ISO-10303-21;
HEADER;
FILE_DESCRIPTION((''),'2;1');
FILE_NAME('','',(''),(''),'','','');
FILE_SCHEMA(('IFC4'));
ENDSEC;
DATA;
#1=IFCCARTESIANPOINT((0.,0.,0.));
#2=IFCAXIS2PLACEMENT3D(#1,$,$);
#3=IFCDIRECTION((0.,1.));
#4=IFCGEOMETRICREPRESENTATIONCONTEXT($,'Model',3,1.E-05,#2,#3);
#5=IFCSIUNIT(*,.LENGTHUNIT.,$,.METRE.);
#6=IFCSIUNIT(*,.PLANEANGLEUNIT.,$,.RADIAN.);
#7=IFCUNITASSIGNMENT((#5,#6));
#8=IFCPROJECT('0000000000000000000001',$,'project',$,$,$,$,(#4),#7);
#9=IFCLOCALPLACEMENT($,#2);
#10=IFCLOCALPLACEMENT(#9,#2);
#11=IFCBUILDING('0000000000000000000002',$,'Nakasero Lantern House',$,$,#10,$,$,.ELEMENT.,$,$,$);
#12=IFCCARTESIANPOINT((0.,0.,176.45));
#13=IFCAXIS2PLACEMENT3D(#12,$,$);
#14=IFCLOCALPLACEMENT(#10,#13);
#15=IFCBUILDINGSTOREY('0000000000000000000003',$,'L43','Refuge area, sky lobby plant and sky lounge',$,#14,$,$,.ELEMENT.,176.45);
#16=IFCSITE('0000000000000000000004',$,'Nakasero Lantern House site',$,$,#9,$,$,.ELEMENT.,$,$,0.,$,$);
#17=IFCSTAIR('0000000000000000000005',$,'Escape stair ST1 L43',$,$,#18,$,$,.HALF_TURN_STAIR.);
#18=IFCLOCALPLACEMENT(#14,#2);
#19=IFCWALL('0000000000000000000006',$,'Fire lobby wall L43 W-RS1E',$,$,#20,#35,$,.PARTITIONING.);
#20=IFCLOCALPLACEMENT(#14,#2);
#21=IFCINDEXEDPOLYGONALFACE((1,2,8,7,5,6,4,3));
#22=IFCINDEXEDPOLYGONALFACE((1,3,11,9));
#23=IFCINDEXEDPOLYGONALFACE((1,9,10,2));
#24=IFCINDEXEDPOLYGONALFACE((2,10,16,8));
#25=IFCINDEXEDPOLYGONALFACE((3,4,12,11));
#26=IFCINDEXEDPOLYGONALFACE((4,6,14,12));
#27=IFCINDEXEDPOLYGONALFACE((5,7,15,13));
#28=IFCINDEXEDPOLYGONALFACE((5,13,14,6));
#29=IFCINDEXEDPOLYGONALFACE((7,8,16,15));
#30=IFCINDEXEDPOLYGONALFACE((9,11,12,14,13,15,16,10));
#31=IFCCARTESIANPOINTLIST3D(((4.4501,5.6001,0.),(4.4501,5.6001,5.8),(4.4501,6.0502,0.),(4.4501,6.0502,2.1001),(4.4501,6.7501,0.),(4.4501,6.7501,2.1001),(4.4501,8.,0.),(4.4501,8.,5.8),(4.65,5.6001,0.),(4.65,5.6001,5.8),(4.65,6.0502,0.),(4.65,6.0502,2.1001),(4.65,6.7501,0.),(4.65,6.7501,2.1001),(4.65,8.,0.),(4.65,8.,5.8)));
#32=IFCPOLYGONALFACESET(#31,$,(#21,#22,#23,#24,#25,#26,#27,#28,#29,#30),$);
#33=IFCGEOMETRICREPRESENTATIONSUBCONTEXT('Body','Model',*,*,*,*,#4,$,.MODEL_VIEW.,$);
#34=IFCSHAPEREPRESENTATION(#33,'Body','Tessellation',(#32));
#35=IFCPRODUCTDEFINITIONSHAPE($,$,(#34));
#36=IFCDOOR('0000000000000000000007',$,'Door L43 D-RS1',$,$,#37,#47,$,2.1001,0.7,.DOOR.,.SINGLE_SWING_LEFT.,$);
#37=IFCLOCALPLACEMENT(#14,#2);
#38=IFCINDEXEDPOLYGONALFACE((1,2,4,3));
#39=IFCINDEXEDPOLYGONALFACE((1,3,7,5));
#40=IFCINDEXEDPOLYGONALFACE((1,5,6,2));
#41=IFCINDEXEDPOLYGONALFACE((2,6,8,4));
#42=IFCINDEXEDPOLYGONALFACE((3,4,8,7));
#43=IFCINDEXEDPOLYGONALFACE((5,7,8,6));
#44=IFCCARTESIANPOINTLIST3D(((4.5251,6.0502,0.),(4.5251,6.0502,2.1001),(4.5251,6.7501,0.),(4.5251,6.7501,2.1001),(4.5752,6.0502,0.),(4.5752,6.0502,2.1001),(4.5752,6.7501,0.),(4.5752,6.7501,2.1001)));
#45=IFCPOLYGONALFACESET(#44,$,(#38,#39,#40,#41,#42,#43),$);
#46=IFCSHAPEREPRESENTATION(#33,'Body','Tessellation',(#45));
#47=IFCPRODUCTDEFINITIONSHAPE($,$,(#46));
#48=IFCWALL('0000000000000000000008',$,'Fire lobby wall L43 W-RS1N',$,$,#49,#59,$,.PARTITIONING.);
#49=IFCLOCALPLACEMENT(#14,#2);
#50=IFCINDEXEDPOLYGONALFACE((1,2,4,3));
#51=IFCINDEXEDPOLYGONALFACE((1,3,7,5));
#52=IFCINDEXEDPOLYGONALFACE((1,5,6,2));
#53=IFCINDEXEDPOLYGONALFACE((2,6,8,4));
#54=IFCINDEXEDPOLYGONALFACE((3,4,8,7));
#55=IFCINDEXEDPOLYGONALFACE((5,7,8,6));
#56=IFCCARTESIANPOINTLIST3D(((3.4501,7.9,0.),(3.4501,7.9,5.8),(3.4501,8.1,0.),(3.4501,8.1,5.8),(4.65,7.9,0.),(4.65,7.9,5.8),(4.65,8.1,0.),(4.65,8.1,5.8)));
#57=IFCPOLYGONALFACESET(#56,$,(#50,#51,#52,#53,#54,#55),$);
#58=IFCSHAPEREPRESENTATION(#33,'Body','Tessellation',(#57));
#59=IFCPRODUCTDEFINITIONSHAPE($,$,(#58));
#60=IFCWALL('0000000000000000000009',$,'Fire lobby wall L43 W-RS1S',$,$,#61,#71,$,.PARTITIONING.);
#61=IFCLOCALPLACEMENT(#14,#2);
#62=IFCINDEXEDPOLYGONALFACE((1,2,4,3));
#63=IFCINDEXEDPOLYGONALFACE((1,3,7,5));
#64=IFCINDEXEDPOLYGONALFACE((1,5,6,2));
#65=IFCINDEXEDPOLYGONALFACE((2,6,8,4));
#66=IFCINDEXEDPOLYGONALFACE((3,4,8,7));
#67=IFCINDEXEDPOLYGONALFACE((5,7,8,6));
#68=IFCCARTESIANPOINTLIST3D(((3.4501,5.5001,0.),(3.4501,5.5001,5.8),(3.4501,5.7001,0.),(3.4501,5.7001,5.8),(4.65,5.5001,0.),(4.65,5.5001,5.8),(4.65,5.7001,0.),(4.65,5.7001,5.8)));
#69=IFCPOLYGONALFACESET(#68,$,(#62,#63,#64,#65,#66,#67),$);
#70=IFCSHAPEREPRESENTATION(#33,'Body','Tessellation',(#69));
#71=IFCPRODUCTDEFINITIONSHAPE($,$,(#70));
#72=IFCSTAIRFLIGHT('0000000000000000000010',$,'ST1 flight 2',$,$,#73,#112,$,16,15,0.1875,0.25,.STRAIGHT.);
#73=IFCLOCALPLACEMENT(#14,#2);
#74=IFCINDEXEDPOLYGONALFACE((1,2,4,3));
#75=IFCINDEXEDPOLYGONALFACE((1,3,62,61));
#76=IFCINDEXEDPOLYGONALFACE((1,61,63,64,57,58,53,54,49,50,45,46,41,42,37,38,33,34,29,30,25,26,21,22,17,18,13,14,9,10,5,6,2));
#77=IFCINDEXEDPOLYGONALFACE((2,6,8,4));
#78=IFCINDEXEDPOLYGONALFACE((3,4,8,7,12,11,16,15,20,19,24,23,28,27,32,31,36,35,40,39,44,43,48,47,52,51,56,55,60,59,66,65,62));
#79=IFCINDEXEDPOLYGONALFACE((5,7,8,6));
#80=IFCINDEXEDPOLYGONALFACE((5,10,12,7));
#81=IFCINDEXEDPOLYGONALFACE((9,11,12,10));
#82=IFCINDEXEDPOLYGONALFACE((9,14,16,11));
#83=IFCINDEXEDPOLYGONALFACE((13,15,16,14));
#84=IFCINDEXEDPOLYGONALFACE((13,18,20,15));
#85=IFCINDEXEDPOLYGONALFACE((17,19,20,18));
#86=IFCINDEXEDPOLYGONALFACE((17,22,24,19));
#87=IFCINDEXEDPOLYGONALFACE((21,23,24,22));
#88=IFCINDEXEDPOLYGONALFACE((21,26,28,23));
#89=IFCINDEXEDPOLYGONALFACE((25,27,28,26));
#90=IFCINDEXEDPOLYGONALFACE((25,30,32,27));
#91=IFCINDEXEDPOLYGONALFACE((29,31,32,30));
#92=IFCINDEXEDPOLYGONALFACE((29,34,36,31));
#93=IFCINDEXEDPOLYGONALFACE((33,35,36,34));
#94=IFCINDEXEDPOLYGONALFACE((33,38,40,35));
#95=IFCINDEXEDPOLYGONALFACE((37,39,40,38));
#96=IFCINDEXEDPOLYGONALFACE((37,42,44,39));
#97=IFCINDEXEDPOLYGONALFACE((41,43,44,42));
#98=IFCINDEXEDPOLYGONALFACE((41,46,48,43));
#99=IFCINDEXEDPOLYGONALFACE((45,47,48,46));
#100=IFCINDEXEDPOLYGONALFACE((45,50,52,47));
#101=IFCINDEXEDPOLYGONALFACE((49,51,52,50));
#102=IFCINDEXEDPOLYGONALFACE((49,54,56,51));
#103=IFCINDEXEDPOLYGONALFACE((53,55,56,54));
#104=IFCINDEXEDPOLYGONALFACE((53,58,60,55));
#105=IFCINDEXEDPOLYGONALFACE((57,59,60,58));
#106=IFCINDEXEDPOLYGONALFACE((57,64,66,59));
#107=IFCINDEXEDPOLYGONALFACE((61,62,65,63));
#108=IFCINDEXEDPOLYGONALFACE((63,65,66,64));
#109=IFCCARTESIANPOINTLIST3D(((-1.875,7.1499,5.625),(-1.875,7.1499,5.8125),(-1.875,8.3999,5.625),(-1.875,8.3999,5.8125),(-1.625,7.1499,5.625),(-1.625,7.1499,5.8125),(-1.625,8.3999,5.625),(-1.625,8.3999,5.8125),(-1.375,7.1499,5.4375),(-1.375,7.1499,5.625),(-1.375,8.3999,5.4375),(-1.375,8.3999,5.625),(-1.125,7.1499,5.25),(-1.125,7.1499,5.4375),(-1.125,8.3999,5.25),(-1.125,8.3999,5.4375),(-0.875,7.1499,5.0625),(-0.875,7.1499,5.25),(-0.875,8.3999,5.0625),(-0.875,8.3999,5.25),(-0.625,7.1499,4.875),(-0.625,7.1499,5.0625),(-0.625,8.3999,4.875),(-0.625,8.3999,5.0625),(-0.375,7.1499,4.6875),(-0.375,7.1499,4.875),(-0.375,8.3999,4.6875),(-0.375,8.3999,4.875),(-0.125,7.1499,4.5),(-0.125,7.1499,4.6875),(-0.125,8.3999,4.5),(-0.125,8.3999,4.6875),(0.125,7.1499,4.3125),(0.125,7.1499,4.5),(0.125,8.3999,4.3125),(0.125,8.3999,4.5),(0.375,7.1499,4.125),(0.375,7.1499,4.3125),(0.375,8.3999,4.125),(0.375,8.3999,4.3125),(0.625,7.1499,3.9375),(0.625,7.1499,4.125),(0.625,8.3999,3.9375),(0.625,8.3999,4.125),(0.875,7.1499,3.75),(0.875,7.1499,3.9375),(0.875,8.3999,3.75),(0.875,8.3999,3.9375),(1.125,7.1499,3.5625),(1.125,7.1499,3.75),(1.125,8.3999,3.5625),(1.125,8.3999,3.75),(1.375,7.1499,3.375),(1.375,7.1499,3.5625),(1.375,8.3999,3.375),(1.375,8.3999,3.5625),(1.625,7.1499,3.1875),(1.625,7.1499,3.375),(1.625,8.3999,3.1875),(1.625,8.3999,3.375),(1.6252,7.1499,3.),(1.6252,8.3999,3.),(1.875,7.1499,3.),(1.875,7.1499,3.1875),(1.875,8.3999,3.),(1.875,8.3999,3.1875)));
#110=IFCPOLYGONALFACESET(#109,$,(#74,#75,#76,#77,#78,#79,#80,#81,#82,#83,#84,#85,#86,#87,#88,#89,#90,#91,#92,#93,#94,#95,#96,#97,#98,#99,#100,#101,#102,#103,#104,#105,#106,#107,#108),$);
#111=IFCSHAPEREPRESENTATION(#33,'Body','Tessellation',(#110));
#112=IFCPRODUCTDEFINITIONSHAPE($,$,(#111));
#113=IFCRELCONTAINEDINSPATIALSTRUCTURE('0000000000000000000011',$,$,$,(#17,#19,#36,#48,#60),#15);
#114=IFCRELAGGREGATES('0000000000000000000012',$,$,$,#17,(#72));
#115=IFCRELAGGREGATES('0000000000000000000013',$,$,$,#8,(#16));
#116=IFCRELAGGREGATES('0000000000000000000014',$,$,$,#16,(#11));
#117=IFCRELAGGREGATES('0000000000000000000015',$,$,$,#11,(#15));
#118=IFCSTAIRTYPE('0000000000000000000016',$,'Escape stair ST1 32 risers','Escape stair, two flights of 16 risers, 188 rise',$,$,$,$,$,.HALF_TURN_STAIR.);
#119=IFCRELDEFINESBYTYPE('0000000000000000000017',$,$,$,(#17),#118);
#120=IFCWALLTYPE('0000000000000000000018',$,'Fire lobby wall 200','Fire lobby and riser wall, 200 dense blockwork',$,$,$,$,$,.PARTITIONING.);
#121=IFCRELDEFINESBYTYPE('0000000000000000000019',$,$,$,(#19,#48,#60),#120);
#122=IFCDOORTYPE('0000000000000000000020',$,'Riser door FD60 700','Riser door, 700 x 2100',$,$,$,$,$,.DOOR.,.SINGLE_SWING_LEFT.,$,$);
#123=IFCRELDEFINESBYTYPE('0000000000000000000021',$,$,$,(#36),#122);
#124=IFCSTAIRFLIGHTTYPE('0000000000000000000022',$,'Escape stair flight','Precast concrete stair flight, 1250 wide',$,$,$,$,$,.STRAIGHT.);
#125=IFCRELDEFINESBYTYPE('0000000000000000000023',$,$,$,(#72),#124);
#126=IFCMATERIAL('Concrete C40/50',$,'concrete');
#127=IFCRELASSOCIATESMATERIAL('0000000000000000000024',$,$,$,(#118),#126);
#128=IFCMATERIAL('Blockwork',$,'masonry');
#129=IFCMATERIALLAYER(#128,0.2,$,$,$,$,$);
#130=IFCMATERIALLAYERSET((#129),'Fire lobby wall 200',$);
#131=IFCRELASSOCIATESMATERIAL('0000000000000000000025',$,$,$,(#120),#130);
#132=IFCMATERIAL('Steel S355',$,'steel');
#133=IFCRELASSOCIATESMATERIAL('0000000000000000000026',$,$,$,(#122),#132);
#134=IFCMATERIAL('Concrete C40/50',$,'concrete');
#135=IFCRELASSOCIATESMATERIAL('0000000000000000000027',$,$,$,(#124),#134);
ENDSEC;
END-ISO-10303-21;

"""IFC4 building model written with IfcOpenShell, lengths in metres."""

from ifc_helpers import new_model, si_unit, direction, frame, frame_2d, origin, place, context, subcontext, project, spatial, polyline, rectangle, outline, extrude, material, layer, layer_set, type_object, element, fill, aggregate, save


model = new_model("IFC4")

# Units and contexts
model_context = context("Model", 3, precision=1e-05, world=origin(), true_north=direction((0.0, 1.0)))
body_context = subcontext(model_context, "Body", "Model", "MODEL_VIEW")
ifc_project = project(units=[si_unit("LENGTHUNIT", "METRE"), si_unit("PLANEANGLEUNIT", "RADIAN")], contexts=[model_context])

# Site, building, storey
site_placement = place(None, origin())
site = spatial("IfcSite", under=ifc_project, at=site_placement, Name="Nakasero Lantern House site", CompositionType="ELEMENT", RefElevation=0.0)
building_placement = place(site_placement, origin())
building = spatial("IfcBuilding", under=site, at=building_placement, Name="Nakasero Lantern House", CompositionType="ELEMENT")
storey_placement = place(building_placement, frame((0.0, 0.0, 176.45)))
storey = spatial("IfcBuildingStorey", under=building, at=storey_placement, Name="L43", Description="Refuge area, sky lobby plant and sky lounge", CompositionType="ELEMENT", Elevation=176.45)

# Stair
ifc_material_1 = material(Name="Concrete C40/50", Category="concrete")
stair_type_1 = type_object("IfcStairType", Name="Escape stair ST1 32 risers", Description="Escape stair, two flights of 16 risers, 188 rise", PredefinedType="HALF_TURN_STAIR", material=ifc_material_1)
stair_1_placement = place(storey_placement, origin())
stair_1 = element("IfcStair", 1, at=stair_1_placement, inside=storey, type_object=stair_type_1, Name="Escape stair ST1 L43", PredefinedType="HALF_TURN_STAIR")

# Wall, opening, door
ifc_material_2 = material(Name="Blockwork", Category="masonry")
ifc_layer_1 = layer(ifc_material_2, 0.2)
ifc_layer_set_1 = layer_set([ifc_layer_1], Name="Fire lobby wall 200")
wall_type_1 = type_object("IfcWallType", Name="Fire lobby wall 200", Description="Fire lobby and riser wall, 200 dense blockwork", PredefinedType="PARTITIONING", material=ifc_layer_set_1)
wall_1_placement = place(storey_placement, frame((4.55, 5.6001, 0.0), z_axis=(0.0, 0.0, 1.0), x_axis=(0.0, 1.0, 0.0)))
wall_1 = element("IfcWall", 2, at=wall_1_placement, inside=storey, type_object=wall_type_1, Name="Fire lobby wall L43 W-RS1E", PredefinedType="PARTITIONING", context=body_context, shape_type="SweptSolid", body=[
    extrude(rectangle(XDim=2.3999, YDim=0.2, at=frame_2d((1.2, 0.0))), origin(), (0.0, 0.0, 1.0), 5.8),
])
opening_1_placement = place(wall_1_placement, frame((0.45, 0.0, 0.0)))
opening_1 = element("IfcOpeningElement", 3, at=opening_1_placement, cuts=wall_1, PredefinedType="OPENING", context=body_context, shape_type="SweptSolid", body=[
    extrude(rectangle(XDim=0.7, YDim=2.1001, at=frame_2d((0.3501, 1.05))), frame((0.0, 0.1199, 0.0), z_axis=(0.0, -1.0, 0.0), x_axis=(1.0, 0.0, 0.0)), (0.0, 0.0, 1.0), 0.24),
])
ifc_material_3 = material(Name="Steel S355", Category="steel")
door_type_1 = type_object("IfcDoorType", Name="Riser door FD60 700", Description="Riser door, 700 x 2100", OperationType="SINGLE_SWING_LEFT", PredefinedType="DOOR", material=ifc_material_3)
door_1_placement = place(opening_1_placement, origin())
door_1 = element("IfcDoor", 4, at=door_1_placement, inside=storey, type_object=door_type_1, Name="Door L43 D-RS1", OperationType="SINGLE_SWING_LEFT", OverallHeight=2.1001, OverallWidth=0.7, PredefinedType="DOOR", context=body_context, shape_type="SweptSolid", body=[
    extrude(rectangle(XDim=0.7, YDim=2.1001, at=frame_2d((0.3501, 1.05))), frame((0.0, 0.0249, 0.0), z_axis=(0.0, -1.0, 0.0), x_axis=(1.0, 0.0, 0.0)), (0.0, 0.0, 1.0), 0.05),
])
fill(opening_1, door_1)

# Walls
for number, where, z_axis, x_axis, name in (
    (5, (3.45, 8.0, 0.0), (0.0, 0.0, 1.0), (1.0, 0.0, 0.0), "Fire lobby wall L43 W-RS1N"),
    (6, (3.45, 5.6001, 0.0), (0.0, 0.0, 1.0), (1.0, 0.0, 0.0), "Fire lobby wall L43 W-RS1S"),
):
    element("IfcWall", number, at=place(storey_placement, frame(where, z_axis=z_axis, x_axis=x_axis)), inside=storey, type_object=wall_type_1, Name=name, PredefinedType="PARTITIONING", context=body_context, shape_type="SweptSolid", body=[
        extrude(rectangle(XDim=1.2, YDim=0.2, at=frame_2d((0.6001, 0.0))), origin(), (0.0, 0.0, 1.0), 5.8),
    ])

# Stair flight
ifc_material_4 = material(Name="Concrete C40/50", Category="concrete")
stair_flight_type = type_object("IfcStairFlightType", Name="Escape stair flight", Description="Precast concrete stair flight, 1250 wide", PredefinedType="STRAIGHT", material=ifc_material_4)
stair_flight_placement = place(storey_placement, frame((1.875, 7.7749, 3.0), z_axis=(0.0, 0.0, 1.0), x_axis=(-1.0, 0.0, 0.0)))
stair_flight = element("IfcStairFlight", 7, at=stair_flight_placement, type_object=stair_flight_type, Name="ST1 flight 2", NumberOfRisers=16, NumberOfTreads=15, PredefinedType="STRAIGHT", RiserHeight=0.1875, TreadLength=0.25, context=body_context, shape_type="SweptSolid", body=[
    extrude(outline(polyline([(0.0, 0.0), (0.0, 0.1875), (0.25, 0.1875), (0.25, 0.375), (0.5, 0.375), (0.5, 0.5625), (0.75, 0.5625), (0.75, 0.75), (1.0, 0.75), (1.0, 0.9375), (1.25, 0.9375), (1.25, 1.125), (1.5, 1.125), (1.5, 1.3125), (1.75, 1.3125), (1.75, 1.5), (2.0, 1.5), (2.0, 1.6875), (2.25, 1.6875), (2.25, 1.875), (2.5, 1.875), (2.5, 2.0625), (2.75, 2.0625), (2.75, 2.25), (3.0, 2.25), (3.0, 2.4375), (3.25, 2.4375), (3.25, 2.625), (3.5, 2.625), (3.5, 2.8125), (3.75, 2.8125), (3.75, 3.0), (3.75, 2.625), (0.2498, 0.0), (0.0, 0.0)])), frame((0.0, 0.625, 0.0), z_axis=(0.0, -1.0, 0.0), x_axis=(1.0, 0.0, 0.0)), (0.0, 0.0, 1.0), 1.25),
])
aggregate(stair_1, [stair_flight])

save(model, "model.ifc")
